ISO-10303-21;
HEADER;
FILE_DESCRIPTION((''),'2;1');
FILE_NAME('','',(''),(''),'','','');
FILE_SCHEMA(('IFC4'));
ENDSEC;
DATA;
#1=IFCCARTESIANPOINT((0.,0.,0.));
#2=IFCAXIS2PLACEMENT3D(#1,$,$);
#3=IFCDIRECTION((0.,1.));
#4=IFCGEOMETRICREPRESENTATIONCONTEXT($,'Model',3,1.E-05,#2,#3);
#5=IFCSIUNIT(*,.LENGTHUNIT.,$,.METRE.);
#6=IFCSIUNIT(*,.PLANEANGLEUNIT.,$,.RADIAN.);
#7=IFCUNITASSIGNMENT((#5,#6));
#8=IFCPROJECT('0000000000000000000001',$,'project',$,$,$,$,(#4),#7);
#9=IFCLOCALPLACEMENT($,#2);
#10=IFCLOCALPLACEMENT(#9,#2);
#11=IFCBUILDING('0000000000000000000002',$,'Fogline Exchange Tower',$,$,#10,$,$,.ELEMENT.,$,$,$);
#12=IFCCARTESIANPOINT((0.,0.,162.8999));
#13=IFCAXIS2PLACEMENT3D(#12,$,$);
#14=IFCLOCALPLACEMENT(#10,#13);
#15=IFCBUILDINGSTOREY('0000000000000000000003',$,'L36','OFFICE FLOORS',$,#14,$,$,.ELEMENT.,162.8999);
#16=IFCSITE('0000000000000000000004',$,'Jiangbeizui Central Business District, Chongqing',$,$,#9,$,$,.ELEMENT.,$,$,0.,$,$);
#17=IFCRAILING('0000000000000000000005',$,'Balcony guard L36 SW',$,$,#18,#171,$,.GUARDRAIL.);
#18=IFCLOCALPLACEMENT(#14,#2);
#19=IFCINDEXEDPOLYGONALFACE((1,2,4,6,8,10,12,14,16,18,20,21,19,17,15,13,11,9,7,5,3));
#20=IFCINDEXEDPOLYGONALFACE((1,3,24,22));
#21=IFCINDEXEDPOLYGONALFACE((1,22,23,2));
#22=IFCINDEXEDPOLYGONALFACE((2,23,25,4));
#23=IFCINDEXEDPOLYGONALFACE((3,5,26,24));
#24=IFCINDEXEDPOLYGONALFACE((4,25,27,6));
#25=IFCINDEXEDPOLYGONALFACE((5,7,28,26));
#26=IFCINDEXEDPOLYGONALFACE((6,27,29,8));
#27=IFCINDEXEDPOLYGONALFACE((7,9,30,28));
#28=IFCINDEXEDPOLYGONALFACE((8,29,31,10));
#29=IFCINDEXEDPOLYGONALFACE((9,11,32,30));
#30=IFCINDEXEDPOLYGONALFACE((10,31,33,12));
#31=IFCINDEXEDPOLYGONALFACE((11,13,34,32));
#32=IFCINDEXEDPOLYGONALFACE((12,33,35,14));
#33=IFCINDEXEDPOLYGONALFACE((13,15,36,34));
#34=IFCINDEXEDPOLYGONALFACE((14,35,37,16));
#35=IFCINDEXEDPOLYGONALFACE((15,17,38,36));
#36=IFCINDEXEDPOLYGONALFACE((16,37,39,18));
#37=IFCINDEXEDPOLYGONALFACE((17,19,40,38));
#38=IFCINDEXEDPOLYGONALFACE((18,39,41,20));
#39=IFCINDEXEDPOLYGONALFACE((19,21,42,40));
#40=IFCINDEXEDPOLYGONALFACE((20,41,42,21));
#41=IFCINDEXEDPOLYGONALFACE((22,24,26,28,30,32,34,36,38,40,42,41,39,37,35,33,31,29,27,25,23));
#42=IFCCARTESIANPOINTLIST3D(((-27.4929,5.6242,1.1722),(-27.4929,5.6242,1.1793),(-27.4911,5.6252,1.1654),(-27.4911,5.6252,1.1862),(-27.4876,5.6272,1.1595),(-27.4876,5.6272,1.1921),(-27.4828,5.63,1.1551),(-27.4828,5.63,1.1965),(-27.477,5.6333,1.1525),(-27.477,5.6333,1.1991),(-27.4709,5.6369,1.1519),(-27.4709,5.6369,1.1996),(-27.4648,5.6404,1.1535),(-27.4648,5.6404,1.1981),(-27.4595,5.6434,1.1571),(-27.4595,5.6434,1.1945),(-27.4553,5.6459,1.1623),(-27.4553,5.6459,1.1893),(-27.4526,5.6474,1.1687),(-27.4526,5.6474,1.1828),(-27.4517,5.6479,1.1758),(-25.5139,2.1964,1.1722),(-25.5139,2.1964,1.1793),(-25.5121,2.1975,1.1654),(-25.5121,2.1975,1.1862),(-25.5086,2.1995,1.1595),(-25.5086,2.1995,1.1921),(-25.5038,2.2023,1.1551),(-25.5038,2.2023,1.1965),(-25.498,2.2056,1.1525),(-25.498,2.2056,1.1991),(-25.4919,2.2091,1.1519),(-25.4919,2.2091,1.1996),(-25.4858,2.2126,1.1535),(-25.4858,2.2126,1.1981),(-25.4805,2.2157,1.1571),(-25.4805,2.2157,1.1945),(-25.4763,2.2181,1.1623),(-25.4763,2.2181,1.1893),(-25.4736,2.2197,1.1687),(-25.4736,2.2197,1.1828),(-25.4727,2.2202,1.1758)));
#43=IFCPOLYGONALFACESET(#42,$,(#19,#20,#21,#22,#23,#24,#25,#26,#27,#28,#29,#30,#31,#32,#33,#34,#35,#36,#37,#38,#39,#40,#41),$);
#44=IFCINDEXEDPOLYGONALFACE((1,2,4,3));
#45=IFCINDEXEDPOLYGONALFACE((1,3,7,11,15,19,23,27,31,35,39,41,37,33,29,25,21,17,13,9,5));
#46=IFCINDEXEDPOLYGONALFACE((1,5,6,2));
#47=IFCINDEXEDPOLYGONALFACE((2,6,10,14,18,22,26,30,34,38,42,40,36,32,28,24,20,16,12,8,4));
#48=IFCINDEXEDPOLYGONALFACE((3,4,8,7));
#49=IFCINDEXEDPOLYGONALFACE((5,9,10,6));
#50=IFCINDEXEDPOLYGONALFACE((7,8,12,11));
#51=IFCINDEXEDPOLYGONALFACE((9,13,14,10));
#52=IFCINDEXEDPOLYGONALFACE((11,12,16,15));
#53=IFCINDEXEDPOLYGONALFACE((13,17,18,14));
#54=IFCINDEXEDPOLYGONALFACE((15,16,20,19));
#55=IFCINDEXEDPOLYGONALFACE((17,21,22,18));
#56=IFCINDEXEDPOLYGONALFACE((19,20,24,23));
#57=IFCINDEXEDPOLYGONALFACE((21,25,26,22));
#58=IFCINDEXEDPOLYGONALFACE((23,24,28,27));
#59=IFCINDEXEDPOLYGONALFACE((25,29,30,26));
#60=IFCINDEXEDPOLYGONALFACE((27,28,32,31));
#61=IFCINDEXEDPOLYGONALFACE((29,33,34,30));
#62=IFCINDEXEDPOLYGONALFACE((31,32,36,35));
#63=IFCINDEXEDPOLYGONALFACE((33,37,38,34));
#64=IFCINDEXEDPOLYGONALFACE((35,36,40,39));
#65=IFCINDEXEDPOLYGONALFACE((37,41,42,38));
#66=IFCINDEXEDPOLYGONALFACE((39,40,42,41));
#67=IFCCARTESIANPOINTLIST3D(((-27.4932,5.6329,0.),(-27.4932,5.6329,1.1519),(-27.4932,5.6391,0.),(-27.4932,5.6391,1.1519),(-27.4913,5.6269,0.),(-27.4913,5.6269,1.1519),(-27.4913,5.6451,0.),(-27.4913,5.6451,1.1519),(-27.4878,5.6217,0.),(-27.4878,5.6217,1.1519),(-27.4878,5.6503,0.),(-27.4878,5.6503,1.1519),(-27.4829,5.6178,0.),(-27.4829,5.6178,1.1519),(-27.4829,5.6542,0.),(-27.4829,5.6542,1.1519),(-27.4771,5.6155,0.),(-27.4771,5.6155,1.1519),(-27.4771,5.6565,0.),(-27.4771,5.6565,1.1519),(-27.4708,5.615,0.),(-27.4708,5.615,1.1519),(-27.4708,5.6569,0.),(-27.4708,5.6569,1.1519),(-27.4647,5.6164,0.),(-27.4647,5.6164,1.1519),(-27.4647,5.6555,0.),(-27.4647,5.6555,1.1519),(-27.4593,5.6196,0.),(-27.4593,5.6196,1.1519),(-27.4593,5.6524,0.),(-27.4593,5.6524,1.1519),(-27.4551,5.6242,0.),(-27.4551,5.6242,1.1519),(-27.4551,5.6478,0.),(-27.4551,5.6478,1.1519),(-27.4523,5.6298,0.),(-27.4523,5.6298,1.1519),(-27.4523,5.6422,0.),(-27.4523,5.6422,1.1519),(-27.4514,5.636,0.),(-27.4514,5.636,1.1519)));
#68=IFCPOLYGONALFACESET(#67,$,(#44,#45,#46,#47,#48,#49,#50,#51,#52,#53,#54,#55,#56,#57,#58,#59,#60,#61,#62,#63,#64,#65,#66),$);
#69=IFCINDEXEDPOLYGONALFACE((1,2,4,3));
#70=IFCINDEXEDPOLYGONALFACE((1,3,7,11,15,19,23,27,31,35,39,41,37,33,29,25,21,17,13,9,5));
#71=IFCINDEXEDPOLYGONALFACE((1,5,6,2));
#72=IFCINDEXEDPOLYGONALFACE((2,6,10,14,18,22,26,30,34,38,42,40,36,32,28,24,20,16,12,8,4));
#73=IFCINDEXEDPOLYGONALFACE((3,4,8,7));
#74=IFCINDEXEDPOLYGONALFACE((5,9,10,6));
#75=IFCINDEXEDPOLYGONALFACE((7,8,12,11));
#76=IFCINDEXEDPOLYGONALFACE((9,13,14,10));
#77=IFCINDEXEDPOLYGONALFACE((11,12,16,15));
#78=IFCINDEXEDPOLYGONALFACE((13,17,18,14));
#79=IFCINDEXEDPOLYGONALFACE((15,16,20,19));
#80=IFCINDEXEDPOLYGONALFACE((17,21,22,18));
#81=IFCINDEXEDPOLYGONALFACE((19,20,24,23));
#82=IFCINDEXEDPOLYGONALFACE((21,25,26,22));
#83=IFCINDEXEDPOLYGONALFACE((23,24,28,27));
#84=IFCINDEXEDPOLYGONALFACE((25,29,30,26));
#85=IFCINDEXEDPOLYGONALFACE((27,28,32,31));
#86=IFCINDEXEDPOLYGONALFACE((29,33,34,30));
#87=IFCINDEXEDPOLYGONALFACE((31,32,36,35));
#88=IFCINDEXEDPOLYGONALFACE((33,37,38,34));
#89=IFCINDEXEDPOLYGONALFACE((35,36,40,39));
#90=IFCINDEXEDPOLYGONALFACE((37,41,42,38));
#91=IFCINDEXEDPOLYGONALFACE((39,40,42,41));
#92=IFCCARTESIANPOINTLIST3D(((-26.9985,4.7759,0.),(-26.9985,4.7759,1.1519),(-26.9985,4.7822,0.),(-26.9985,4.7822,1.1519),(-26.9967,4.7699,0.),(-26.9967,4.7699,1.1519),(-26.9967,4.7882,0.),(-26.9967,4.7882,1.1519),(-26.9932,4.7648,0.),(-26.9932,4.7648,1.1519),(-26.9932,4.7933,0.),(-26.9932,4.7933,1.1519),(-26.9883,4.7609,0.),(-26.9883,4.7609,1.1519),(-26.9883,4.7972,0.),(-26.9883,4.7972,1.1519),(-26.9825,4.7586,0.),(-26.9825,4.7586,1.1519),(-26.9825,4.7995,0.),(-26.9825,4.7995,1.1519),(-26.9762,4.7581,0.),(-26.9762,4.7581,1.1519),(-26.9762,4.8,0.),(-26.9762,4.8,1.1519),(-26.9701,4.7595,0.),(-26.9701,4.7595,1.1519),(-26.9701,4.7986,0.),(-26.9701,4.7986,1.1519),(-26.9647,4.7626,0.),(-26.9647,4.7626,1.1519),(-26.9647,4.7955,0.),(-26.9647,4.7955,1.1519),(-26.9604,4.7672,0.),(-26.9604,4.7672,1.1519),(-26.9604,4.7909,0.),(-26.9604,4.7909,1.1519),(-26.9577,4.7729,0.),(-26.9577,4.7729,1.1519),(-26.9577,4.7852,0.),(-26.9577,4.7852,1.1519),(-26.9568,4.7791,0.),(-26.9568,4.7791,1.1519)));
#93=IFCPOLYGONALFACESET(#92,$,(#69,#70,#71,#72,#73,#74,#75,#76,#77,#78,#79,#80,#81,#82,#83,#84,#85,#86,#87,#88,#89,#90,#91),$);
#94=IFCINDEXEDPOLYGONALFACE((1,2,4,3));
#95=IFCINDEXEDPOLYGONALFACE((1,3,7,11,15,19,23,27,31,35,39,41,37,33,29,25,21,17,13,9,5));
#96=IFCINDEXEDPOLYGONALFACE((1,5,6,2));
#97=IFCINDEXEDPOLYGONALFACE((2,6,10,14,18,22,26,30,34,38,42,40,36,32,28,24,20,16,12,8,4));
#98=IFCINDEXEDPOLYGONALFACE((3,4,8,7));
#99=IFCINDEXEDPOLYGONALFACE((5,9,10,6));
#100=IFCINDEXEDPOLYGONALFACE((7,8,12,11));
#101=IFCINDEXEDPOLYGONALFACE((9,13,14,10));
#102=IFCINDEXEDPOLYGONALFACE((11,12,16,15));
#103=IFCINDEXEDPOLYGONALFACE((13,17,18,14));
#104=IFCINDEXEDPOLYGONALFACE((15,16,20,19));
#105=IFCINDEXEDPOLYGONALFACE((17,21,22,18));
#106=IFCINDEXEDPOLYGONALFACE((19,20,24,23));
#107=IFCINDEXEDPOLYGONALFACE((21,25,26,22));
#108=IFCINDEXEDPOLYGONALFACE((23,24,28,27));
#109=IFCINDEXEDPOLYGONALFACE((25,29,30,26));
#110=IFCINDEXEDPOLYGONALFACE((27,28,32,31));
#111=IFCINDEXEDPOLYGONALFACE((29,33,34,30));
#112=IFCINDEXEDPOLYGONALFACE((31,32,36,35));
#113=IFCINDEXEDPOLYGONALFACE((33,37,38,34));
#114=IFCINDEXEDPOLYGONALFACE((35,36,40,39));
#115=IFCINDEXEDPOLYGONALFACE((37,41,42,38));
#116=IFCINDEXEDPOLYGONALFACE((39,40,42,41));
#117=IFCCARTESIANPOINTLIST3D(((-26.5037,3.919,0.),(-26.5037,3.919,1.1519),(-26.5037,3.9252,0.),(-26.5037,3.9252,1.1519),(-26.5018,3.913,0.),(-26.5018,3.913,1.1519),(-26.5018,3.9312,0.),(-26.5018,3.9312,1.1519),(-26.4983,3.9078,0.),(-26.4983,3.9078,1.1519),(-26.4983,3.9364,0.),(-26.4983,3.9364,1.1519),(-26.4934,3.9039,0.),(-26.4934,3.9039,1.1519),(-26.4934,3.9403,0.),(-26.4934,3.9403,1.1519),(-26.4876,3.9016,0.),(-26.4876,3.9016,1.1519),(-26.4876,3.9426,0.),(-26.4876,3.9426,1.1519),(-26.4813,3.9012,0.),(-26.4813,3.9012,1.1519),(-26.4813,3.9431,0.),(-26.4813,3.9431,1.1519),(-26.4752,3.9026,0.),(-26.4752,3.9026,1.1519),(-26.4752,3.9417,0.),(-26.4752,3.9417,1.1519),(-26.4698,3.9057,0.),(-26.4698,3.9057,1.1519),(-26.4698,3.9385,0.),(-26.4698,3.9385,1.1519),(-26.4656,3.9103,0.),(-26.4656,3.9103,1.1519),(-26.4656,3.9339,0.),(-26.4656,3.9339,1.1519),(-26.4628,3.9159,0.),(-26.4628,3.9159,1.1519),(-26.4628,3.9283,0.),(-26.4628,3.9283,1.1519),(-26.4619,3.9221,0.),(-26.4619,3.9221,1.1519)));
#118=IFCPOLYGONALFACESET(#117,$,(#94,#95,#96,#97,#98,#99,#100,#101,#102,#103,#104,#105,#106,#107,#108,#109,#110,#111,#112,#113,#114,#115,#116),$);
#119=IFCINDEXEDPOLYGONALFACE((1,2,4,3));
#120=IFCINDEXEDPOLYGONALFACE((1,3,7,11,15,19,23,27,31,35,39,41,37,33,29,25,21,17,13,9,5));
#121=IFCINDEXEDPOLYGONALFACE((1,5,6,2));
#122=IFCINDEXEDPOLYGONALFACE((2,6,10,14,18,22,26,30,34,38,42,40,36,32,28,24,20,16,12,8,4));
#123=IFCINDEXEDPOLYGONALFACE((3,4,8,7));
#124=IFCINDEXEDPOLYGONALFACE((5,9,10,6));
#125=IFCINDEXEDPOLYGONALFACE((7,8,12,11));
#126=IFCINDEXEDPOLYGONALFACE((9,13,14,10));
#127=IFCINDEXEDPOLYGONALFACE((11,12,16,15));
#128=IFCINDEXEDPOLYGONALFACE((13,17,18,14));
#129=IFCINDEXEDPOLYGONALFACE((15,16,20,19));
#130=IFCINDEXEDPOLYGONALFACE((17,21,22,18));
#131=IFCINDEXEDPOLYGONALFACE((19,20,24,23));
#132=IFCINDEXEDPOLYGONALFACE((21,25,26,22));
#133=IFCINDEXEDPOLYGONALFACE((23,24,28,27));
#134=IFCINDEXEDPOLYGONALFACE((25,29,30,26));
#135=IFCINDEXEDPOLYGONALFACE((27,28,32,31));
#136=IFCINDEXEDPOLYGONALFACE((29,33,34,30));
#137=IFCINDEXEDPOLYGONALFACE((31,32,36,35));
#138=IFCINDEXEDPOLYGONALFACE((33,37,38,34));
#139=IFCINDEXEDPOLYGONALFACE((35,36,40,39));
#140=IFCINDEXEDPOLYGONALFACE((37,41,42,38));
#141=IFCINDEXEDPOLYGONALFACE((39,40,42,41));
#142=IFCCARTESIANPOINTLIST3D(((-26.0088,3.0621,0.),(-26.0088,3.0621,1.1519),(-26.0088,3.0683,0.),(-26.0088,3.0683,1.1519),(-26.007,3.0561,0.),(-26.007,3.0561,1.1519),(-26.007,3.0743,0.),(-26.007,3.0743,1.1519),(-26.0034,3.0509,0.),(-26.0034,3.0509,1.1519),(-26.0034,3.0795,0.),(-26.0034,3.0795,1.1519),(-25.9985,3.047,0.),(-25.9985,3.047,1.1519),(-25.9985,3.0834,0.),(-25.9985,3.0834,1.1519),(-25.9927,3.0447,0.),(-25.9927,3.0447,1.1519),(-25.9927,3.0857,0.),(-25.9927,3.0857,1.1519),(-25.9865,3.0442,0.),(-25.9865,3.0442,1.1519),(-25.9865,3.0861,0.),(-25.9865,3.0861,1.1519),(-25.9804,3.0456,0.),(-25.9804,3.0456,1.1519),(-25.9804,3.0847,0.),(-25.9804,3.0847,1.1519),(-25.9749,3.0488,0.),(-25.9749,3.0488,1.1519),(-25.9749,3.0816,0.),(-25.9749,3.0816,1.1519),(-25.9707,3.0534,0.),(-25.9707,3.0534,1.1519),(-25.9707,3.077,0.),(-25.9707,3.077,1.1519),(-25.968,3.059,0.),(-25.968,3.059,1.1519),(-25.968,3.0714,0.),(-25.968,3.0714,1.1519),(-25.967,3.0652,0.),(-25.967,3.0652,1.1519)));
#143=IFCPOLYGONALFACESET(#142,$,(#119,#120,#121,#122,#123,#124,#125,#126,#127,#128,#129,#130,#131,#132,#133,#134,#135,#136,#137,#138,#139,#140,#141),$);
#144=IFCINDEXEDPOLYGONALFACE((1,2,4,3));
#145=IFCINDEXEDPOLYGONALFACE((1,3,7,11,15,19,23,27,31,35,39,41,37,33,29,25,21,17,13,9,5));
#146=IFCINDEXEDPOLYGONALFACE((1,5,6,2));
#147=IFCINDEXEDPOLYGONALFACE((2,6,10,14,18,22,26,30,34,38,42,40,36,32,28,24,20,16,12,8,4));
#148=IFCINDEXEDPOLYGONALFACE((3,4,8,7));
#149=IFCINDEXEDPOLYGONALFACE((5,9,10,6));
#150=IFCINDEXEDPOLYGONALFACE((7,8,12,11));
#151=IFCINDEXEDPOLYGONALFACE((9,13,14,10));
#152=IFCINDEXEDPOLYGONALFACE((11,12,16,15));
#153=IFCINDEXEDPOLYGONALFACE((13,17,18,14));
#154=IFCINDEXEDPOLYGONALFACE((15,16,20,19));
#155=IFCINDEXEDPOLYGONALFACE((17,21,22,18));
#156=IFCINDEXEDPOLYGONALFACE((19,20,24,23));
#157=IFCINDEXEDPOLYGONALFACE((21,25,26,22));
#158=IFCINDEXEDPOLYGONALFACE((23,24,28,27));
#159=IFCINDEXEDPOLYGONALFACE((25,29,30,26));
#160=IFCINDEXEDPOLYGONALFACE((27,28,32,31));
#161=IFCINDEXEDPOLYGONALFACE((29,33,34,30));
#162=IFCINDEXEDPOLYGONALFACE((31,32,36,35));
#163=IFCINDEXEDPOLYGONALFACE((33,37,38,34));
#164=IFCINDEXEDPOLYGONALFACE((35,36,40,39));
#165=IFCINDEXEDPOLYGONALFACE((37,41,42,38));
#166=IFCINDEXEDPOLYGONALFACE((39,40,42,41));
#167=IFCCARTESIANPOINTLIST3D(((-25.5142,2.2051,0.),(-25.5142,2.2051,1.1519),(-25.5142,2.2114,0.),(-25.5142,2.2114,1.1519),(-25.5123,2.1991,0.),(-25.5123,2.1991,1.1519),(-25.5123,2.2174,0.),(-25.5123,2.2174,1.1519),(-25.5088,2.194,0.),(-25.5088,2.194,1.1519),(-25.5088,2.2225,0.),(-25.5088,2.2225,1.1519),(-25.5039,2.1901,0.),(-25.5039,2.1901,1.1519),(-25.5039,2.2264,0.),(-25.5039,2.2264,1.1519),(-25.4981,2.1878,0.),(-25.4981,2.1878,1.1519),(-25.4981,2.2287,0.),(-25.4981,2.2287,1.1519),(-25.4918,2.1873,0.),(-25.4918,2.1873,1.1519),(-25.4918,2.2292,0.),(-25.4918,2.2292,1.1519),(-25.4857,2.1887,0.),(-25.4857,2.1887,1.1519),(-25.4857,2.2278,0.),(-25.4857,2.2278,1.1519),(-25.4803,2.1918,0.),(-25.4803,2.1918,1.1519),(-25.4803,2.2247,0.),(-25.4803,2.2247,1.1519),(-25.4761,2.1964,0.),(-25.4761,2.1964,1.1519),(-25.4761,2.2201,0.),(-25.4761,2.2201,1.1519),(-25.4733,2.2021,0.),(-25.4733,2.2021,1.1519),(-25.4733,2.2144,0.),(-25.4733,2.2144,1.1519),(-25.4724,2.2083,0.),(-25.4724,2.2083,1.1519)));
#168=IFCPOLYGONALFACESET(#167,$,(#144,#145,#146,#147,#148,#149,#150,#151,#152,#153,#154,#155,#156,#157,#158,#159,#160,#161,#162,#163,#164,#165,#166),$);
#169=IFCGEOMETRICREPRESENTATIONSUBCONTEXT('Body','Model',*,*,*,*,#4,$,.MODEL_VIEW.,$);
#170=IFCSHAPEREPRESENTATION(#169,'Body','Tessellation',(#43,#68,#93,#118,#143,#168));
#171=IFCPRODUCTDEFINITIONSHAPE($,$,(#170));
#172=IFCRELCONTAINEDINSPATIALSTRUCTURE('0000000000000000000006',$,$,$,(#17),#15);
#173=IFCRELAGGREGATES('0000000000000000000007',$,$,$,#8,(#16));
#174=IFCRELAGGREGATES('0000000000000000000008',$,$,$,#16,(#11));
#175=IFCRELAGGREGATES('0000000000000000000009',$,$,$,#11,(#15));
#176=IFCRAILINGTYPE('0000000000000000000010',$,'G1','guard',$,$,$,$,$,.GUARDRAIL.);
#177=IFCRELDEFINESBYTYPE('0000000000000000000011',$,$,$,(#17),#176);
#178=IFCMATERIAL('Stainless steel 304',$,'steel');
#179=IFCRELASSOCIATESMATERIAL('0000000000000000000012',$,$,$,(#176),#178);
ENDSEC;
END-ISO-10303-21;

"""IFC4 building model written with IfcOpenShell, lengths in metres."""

from ifc_helpers import new_model, si_unit, direction, frame, origin, origin_2d, place, context, subcontext, project, spatial, circle, extrude, material, type_object, element, save


model = new_model("IFC4")

# Units and contexts
model_context = context("Model", 3, precision=1e-05, world=origin(), true_north=direction((0.0, 1.0)))
body_context = subcontext(model_context, "Body", "Model", "MODEL_VIEW")
ifc_project = project(units=[si_unit("LENGTHUNIT", "METRE"), si_unit("PLANEANGLEUNIT", "RADIAN")], contexts=[model_context])

# Site, building, storey
site_placement = place(None, origin())
site = spatial("IfcSite", under=ifc_project, at=site_placement, Name="Jiangbeizui Central Business District, Chongqing", CompositionType="ELEMENT", RefElevation=0.0)
building_placement = place(site_placement, origin())
building = spatial("IfcBuilding", under=site, at=building_placement, Name="Fogline Exchange Tower", CompositionType="ELEMENT")
storey_placement = place(building_placement, frame((0.0, 0.0, 162.8999)))
storey = spatial("IfcBuildingStorey", under=building, at=storey_placement, Name="L36", Description="OFFICE FLOORS", CompositionType="ELEMENT", Elevation=162.8999)

# Railing
ifc_material_1 = material(Name="Stainless steel 304", Category="steel")
railing_type = type_object("IfcRailingType", Name="G1", Description="guard", PredefinedType="GUARDRAIL", material=ifc_material_1)
railing_placement = place(storey_placement, frame((-27.4724, 5.636, 0.0)))
element("IfcRailing", 1, at=railing_placement, inside=storey, type_object=railing_type, Name="Balcony guard L36 SW", PredefinedType="GUARDRAIL", context=body_context, shape_type="SweptSolid", body=[
    extrude(circle(Radius=0.0239, at=origin_2d()), frame((0.0, 0.0, 1.1758), z_axis=(0.5, -0.866025, 0.0), x_axis=(0.866025, 0.5, 0.0)), (0.0, 0.0, 1.0), 3.958),
    extrude(circle(Radius=0.021, at=origin_2d()), origin(), (0.0, 0.0, 1.0), 1.1519),
    extrude(circle(Radius=0.021, at=origin_2d()), frame((0.4946, -0.8569, 0.0)), (0.0, 0.0, 1.0), 1.1519),
    extrude(circle(Radius=0.021, at=origin_2d()), frame((0.9895, -1.7139, 0.0)), (0.0, 0.0, 1.0), 1.1519),
    extrude(circle(Radius=0.021, at=origin_2d()), frame((1.4844, -2.5708, 0.0)), (0.0, 0.0, 1.0), 1.1519),
    extrude(circle(Radius=0.021, at=origin_2d()), frame((1.979, -3.4277, 0.0)), (0.0, 0.0, 1.0), 1.1519),
])

save(model, "model.ifc")
